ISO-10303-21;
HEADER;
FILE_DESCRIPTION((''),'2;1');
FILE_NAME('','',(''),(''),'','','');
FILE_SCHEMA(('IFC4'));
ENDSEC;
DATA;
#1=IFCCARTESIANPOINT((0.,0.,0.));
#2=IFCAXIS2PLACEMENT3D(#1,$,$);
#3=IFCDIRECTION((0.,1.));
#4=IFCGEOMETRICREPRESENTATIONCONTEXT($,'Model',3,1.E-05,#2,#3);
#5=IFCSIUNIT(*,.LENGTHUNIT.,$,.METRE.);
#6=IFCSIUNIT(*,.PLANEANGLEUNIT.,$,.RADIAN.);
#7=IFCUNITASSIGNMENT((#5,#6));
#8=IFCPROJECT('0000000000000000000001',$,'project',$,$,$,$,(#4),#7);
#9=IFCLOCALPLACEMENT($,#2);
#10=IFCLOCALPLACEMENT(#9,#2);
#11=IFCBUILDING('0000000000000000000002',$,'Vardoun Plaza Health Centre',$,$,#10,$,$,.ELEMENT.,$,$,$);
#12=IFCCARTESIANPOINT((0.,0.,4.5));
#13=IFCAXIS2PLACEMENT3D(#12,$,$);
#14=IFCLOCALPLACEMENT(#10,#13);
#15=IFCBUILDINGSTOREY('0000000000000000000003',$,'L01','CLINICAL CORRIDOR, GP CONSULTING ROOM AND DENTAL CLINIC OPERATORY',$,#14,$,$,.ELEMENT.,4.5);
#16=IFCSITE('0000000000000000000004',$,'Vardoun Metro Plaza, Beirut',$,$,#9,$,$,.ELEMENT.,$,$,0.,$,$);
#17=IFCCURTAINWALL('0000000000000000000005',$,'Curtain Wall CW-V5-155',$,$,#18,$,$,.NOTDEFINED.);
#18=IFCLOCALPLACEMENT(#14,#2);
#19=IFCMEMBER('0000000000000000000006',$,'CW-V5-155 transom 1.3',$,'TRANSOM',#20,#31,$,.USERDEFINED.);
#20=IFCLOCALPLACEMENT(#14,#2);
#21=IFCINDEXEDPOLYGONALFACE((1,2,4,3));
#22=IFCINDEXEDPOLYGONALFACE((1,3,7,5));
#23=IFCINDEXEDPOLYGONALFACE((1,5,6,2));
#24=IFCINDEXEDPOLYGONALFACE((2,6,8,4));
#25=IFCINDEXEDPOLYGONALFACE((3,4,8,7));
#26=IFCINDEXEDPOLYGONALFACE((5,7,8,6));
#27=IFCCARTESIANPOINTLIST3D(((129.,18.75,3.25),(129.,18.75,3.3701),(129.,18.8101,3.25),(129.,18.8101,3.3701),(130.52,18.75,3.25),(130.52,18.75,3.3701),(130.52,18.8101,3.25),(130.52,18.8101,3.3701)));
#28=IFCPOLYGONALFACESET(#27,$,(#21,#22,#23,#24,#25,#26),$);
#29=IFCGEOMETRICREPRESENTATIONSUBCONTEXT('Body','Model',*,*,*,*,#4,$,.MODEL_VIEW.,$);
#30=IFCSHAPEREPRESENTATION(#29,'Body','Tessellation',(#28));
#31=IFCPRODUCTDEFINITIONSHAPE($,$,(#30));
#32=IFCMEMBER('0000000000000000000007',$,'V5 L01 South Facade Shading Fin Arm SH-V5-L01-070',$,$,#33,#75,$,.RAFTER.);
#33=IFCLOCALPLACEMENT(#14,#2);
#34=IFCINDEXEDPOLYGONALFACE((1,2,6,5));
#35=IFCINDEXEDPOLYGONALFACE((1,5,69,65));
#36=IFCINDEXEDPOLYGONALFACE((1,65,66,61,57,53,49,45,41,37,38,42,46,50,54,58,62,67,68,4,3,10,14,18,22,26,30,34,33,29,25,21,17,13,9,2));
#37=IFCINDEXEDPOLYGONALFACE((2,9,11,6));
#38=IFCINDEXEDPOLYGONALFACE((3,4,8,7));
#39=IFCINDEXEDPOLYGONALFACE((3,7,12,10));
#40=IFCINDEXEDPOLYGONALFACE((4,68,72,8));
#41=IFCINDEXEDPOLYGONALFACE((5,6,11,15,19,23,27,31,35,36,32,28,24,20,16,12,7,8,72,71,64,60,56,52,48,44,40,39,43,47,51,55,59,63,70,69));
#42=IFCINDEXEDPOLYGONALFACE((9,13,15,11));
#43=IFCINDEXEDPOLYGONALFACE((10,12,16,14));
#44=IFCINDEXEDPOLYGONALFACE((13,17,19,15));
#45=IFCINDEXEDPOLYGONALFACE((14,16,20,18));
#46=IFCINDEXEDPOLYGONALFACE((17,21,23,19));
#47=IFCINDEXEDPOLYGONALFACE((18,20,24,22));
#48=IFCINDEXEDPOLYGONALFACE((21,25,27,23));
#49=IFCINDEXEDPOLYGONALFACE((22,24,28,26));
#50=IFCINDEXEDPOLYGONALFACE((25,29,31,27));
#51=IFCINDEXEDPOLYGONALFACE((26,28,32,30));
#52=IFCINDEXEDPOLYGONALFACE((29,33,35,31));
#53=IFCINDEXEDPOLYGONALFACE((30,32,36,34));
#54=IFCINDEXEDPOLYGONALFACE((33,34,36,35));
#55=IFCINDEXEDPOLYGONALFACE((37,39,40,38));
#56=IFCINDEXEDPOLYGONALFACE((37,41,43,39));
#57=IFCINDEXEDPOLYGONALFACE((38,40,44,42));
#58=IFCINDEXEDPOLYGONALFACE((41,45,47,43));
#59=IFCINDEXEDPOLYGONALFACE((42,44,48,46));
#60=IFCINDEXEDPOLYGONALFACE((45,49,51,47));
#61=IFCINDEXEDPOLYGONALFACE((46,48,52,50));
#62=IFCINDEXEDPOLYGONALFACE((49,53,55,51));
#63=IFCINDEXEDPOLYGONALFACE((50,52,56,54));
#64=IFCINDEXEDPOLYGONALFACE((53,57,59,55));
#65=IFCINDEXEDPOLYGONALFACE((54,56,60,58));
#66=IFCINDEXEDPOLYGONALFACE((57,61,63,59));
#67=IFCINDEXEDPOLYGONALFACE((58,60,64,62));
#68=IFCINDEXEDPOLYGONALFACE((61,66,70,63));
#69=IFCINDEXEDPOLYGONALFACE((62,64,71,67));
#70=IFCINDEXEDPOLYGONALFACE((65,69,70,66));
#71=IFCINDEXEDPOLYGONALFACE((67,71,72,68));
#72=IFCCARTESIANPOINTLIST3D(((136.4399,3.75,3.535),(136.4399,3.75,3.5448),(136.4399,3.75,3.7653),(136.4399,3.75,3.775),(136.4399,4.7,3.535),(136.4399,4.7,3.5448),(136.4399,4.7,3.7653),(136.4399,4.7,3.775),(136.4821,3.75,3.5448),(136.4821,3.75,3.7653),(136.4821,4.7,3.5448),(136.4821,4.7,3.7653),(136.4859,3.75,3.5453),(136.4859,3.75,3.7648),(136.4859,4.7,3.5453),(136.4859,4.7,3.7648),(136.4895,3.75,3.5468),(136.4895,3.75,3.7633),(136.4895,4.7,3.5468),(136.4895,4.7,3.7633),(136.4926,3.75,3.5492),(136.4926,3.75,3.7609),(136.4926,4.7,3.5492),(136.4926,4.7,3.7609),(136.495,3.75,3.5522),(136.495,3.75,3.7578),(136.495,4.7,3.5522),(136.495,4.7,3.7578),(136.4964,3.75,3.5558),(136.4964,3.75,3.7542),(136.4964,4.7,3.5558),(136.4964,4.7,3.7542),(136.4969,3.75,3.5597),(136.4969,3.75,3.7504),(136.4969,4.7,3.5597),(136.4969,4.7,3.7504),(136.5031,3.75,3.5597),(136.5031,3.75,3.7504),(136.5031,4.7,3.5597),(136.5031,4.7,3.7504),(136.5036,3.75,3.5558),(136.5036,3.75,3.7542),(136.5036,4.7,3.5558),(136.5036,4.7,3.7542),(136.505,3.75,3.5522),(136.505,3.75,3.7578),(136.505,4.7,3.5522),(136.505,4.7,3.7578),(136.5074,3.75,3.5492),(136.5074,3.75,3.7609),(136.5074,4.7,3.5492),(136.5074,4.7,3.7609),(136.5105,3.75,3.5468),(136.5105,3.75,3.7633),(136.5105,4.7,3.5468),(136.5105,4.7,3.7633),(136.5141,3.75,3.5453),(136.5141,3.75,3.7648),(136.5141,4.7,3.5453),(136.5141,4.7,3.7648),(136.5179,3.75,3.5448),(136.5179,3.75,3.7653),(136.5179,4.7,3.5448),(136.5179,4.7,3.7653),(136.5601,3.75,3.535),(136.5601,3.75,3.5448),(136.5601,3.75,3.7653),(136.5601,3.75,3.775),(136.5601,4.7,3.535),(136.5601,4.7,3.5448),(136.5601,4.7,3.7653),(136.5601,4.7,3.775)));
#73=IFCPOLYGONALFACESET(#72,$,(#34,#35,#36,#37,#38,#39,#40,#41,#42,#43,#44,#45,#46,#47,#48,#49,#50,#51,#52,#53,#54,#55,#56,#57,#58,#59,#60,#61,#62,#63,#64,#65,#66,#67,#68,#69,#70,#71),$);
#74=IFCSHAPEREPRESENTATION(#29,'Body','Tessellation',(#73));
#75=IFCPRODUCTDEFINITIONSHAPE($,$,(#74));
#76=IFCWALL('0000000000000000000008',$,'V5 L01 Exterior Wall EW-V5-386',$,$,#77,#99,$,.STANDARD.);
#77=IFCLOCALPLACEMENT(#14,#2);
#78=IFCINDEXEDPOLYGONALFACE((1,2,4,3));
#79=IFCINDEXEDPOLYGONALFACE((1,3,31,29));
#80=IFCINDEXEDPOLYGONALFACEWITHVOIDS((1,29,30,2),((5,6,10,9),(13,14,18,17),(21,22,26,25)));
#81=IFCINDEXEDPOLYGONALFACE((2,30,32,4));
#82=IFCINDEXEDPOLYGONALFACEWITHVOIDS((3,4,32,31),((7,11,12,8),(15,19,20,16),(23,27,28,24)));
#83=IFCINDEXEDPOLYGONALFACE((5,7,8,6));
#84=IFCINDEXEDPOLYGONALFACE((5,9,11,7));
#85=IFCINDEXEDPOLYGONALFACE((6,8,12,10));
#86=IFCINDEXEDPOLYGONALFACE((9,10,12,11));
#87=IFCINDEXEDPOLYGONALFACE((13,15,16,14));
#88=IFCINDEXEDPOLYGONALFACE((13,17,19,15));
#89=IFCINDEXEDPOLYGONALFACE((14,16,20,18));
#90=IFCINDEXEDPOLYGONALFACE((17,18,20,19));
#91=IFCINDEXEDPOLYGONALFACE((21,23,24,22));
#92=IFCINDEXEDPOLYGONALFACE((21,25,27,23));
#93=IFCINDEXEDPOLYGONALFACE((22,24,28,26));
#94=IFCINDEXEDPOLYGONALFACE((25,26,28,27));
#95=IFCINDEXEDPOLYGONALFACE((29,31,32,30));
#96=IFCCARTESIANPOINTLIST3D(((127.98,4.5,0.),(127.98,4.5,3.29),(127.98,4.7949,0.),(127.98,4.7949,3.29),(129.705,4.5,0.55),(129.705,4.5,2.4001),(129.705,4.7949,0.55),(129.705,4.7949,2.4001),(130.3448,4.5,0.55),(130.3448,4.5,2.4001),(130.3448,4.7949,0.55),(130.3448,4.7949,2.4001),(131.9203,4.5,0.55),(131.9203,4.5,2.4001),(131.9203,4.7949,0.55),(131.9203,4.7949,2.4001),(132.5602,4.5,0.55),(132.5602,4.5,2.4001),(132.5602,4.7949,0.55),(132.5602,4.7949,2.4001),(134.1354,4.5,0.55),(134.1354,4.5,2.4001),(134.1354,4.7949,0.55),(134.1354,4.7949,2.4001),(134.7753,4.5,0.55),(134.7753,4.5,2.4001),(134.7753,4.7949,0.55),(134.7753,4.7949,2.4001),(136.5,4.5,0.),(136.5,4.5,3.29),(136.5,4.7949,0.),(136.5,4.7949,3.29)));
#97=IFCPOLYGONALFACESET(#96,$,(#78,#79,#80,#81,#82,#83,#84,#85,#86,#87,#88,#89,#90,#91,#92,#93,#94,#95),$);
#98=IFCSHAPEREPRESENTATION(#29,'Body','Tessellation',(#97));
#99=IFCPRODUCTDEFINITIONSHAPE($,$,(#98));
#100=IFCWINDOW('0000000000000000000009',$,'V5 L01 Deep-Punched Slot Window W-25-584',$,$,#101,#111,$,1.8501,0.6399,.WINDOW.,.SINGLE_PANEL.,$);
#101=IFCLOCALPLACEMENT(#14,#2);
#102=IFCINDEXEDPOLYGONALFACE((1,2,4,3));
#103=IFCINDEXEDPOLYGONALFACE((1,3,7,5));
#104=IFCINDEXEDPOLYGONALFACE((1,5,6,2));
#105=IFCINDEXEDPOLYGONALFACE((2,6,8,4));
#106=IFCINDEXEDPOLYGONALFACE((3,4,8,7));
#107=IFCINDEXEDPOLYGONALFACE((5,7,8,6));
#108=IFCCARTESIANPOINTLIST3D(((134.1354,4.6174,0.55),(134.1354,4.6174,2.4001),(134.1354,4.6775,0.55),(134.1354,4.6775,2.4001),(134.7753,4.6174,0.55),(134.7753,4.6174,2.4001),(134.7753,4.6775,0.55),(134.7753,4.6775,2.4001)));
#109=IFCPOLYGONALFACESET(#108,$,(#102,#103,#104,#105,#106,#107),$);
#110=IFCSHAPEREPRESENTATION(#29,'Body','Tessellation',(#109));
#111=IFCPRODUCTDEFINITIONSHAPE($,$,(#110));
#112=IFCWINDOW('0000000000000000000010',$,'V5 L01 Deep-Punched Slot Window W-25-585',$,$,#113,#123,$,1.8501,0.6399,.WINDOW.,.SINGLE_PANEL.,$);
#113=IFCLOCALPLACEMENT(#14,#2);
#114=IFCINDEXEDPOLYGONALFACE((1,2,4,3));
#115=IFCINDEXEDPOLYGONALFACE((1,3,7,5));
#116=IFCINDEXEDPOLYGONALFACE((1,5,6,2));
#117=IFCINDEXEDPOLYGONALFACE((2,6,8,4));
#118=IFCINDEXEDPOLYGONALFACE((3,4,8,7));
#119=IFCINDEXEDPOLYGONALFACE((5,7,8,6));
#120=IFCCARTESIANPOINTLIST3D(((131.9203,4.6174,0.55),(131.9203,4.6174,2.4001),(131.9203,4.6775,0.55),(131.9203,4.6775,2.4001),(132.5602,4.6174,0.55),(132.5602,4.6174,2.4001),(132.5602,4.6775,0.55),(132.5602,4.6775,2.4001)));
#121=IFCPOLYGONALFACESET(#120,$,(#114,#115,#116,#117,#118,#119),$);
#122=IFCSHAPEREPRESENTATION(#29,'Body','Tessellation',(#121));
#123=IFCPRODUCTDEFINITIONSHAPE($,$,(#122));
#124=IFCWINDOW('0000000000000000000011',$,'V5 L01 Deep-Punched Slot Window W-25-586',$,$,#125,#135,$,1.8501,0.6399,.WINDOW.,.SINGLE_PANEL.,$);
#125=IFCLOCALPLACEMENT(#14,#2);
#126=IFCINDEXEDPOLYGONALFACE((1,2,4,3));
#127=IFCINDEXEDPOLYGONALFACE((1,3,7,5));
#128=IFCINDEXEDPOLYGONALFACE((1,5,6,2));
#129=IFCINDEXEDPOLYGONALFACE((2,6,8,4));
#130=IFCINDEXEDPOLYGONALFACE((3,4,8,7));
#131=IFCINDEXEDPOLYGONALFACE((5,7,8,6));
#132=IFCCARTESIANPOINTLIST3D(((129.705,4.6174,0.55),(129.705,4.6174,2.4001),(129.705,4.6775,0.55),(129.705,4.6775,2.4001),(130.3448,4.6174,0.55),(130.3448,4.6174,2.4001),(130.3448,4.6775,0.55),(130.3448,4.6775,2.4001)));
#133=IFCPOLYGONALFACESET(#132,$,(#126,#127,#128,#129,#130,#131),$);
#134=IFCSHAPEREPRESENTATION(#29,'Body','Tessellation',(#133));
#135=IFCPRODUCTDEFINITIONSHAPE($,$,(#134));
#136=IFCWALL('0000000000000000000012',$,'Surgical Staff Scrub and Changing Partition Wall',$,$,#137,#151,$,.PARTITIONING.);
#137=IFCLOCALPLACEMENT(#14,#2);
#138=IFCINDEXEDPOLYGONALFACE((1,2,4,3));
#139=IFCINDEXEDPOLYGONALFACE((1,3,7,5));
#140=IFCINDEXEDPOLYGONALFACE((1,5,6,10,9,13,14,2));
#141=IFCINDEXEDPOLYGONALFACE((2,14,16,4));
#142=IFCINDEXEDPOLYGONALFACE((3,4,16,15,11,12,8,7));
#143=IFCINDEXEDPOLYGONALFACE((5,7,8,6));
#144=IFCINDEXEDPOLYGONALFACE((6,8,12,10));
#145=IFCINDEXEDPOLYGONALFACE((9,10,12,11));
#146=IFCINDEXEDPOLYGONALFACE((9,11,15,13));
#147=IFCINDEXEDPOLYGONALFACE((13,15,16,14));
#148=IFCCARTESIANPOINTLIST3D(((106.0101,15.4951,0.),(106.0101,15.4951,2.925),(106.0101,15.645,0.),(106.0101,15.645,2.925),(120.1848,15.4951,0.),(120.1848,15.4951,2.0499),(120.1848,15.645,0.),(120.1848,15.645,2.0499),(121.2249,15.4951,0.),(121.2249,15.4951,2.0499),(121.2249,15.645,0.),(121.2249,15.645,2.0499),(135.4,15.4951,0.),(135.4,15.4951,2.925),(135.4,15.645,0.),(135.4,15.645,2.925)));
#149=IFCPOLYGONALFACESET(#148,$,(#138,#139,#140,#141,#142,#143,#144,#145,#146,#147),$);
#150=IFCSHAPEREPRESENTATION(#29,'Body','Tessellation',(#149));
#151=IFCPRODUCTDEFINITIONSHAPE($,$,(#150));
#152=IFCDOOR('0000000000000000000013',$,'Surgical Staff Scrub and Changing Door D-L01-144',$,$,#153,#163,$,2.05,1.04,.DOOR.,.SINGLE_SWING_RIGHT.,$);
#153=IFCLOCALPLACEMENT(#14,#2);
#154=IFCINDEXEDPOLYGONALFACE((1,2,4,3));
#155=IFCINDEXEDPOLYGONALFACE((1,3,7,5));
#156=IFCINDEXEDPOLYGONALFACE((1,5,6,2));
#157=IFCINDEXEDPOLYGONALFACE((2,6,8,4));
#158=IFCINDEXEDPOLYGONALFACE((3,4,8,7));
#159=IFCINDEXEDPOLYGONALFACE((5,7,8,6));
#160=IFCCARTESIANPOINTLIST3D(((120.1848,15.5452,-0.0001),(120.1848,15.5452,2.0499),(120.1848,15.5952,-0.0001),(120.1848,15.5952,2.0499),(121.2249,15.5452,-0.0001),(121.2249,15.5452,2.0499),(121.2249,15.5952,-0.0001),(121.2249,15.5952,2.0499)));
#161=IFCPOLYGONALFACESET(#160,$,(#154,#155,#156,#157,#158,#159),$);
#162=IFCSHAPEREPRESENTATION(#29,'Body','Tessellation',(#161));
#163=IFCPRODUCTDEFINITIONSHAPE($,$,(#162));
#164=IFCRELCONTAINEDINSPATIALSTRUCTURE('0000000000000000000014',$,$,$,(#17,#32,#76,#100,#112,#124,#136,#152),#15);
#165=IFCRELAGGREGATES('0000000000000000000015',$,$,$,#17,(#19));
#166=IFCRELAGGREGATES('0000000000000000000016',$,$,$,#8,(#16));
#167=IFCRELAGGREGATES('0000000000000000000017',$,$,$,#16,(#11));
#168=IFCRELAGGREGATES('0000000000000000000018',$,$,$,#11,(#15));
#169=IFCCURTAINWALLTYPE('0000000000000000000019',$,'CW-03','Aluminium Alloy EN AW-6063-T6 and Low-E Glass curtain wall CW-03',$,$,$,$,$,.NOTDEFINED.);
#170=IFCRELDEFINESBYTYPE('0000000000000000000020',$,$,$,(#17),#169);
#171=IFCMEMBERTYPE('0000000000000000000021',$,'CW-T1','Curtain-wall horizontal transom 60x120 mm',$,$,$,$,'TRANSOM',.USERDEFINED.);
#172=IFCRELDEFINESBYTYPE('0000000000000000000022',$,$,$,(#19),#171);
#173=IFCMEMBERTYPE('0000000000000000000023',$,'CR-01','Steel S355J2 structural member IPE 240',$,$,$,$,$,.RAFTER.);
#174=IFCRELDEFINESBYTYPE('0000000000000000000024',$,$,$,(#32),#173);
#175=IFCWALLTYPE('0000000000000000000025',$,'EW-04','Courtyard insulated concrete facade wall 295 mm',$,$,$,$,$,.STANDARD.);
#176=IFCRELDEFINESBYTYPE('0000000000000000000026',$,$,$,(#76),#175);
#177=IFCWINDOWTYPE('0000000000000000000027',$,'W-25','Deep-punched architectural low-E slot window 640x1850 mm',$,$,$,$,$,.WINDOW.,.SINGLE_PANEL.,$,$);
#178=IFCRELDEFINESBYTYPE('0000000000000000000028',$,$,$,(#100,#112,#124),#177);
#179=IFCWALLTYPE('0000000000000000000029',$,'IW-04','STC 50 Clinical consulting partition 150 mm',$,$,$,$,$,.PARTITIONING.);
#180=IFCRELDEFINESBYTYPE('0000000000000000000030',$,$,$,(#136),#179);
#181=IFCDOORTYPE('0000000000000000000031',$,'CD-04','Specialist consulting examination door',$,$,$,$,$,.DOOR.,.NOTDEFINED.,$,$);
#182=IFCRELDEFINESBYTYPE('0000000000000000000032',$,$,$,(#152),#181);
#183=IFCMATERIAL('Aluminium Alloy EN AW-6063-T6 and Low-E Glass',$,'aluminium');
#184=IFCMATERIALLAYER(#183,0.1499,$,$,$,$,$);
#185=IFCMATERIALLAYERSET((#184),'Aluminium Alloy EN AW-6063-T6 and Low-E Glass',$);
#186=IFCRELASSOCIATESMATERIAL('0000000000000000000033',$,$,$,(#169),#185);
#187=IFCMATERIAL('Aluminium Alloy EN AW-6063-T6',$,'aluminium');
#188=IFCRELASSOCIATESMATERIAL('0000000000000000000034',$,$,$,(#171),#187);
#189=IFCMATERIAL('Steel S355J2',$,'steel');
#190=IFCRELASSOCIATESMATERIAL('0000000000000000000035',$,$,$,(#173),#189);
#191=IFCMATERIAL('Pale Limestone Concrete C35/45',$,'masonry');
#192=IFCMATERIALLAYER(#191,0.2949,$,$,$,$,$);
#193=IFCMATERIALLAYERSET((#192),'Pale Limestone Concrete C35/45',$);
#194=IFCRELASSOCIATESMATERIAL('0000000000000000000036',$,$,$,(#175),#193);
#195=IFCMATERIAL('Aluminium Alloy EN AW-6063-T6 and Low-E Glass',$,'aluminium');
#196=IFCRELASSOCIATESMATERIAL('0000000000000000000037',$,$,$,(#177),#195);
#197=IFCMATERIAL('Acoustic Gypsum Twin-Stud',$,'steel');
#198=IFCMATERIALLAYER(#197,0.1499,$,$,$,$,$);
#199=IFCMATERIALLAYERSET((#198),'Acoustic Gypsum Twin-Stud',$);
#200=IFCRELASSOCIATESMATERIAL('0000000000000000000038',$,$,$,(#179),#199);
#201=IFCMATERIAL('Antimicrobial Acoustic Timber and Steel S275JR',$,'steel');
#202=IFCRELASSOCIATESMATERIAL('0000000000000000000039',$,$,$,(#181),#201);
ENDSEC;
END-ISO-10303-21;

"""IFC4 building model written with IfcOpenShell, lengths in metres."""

from ifc_helpers import new_model, si_unit, direction, frame, frame_2d, origin, origin_2d, place, context, subcontext, project, spatial, rectangle, i_section, extrude, material, layer, layer_set, material_profile, profile_set, type_object, element, fill, aggregate, save


model = new_model("IFC4")

# Units and contexts
model_context = context("Model", 3, precision=1e-05, world=origin(), true_north=direction((0.0, 1.0)))
body_context = subcontext(model_context, "Body", "Model", "MODEL_VIEW")
ifc_project = project(units=[si_unit("LENGTHUNIT", "METRE"), si_unit("PLANEANGLEUNIT", "RADIAN")], contexts=[model_context])

# Site, building, storey
site_placement = place(None, origin())
site = spatial("IfcSite", under=ifc_project, at=site_placement, Name="Vardoun Metro Plaza, Beirut", CompositionType="ELEMENT", RefElevation=0.0)
building_placement = place(site_placement, origin())
building = spatial("IfcBuilding", under=site, at=building_placement, Name="Vardoun Plaza Health Centre", CompositionType="ELEMENT")
storey_placement = place(building_placement, frame((0.0, 0.0, 4.5)))
storey = spatial("IfcBuildingStorey", under=building, at=storey_placement, Name="L01", Description="CLINICAL CORRIDOR, GP CONSULTING ROOM AND DENTAL CLINIC OPERATORY", CompositionType="ELEMENT", Elevation=4.5)

# Curtain wall, member
ifc_material_1 = material(Name="Aluminium Alloy EN AW-6063-T6 and Low-E Glass", Category="aluminium")
ifc_layer_1 = layer(ifc_material_1, 0.1499)
ifc_layer_set_1 = layer_set([ifc_layer_1], Name="Aluminium Alloy EN AW-6063-T6 and Low-E Glass")
curtain_wall_type = type_object("IfcCurtainWallType", Name="CW-03", Description="Aluminium Alloy EN AW-6063-T6 and Low-E Glass curtain wall CW-03", PredefinedType="NOTDEFINED", material=ifc_layer_set_1)
curtain_wall_placement = place(storey_placement, origin())
curtain_wall = element("IfcCurtainWall", 1, at=curtain_wall_placement, inside=storey, type_object=curtain_wall_type, Name="Curtain Wall CW-V5-155", PredefinedType="NOTDEFINED")
ifc_material_2 = material(Name="Aluminium Alloy EN AW-6063-T6", Category="aluminium")
ifc_material_profile_1 = material_profile(ifc_material_2, rectangle(XDim=0.0601, YDim=0.1201, at=origin_2d()), Name="CWT 60x120")
ifc_profile_set_1 = profile_set([ifc_material_profile_1], Name="Aluminium Alloy EN AW-6063-T6")
member_type_1 = type_object("IfcMemberType", Name="CW-T1", Description="Curtain-wall horizontal transom 60x120 mm", ElementType="TRANSOM", PredefinedType="USERDEFINED", material=ifc_profile_set_1)
member_1_placement = place(storey_placement, frame((129.0, 18.78, 3.3101), z_axis=(1.0, 0.0, 0.0), x_axis=(0.0, 1.0, 0.0)))
member_1 = element("IfcMember", 2, at=member_1_placement, type_object=member_type_1, Name="CW-V5-155 transom 1.3", ObjectType="TRANSOM", PredefinedType="USERDEFINED", context=body_context, shape_type="SweptSolid", body=[
    extrude(rectangle(XDim=0.0601, YDim=0.1201, at=origin_2d()), origin(), (0.0, 0.0, 1.0), 1.52),
])
aggregate(curtain_wall, [member_1])

# Member
ifc_material_3 = material(Name="Steel S355J2", Category="steel")
ifc_material_profile_2 = material_profile(ifc_material_3, i_section(OverallWidth=0.1201, OverallDepth=0.24, WebThickness=0.0061, FlangeThickness=0.0098, FilletRadius=0.0149, at=origin_2d()), Name="IPE 240")
ifc_profile_set_2 = profile_set([ifc_material_profile_2], Name="Steel S355J2")
member_type_2 = type_object("IfcMemberType", Name="CR-01", Description="Steel S355J2 structural member IPE 240", PredefinedType="RAFTER", material=ifc_profile_set_2)
member_2_placement = place(storey_placement, frame((136.5, 4.7, 3.655), z_axis=(0.0, -1.0, 0.0), x_axis=(1.0, 0.0, 0.0)))
element("IfcMember", 3, at=member_2_placement, inside=storey, type_object=member_type_2, Name="V5 L01 South Facade Shading Fin Arm SH-V5-L01-070", PredefinedType="RAFTER", context=body_context, shape_type="SweptSolid", body=[
    extrude(i_section(OverallWidth=0.1201, OverallDepth=0.24, WebThickness=0.0061, FlangeThickness=0.0098, FilletRadius=0.0149, at=origin_2d()), origin(), (0.0, 0.0, 1.0), 0.95),
])

# Wall, openings, windows
ifc_material_4 = material(Name="Pale Limestone Concrete C35/45", Category="masonry")
ifc_layer_2 = layer(ifc_material_4, 0.2949)
ifc_layer_set_2 = layer_set([ifc_layer_2], Name="Pale Limestone Concrete C35/45")
wall_type_1 = type_object("IfcWallType", Name="EW-04", Description="Courtyard insulated concrete facade wall 295 mm", PredefinedType="STANDARD", material=ifc_layer_set_2)
wall_1_placement = place(storey_placement, frame((136.5, 4.6475, 0.0), z_axis=(0.0, 0.0, 1.0), x_axis=(-1.0, 0.0, 0.0)))
wall_1 = element("IfcWall", 4, at=wall_1_placement, inside=storey, type_object=wall_type_1, Name="V5 L01 Exterior Wall EW-V5-386", PredefinedType="STANDARD", context=body_context, shape_type="SweptSolid", body=[
    extrude(rectangle(XDim=8.52, YDim=0.2949, at=frame_2d((4.26, 0.0))), origin(), (0.0, 0.0, 1.0), 3.29),
])
opening_1_placement = place(wall_1_placement, frame((1.7249, 0.0, 0.55)))
opening_1 = element("IfcOpeningElement", 5, at=opening_1_placement, cuts=wall_1, PredefinedType="OPENING", context=body_context, shape_type="SweptSolid", body=[
    extrude(rectangle(XDim=0.6399, YDim=1.8501, at=frame_2d((0.3198, 0.925))), frame((0.0, 0.1475, 0.0), z_axis=(0.0, -1.0, 0.0), x_axis=(1.0, 0.0, 0.0)), (0.0, 0.0, 1.0), 0.2949),
])
opening_2_placement = place(wall_1_placement, frame((3.9399, 0.0, 0.55)))
opening_2 = element("IfcOpeningElement", 6, at=opening_2_placement, cuts=wall_1, PredefinedType="OPENING", context=body_context, shape_type="SweptSolid", body=[
    extrude(rectangle(XDim=0.6399, YDim=1.8501, at=frame_2d((0.3198, 0.925))), frame((0.0, 0.1475, 0.0), z_axis=(0.0, -1.0, 0.0), x_axis=(1.0, 0.0, 0.0)), (0.0, 0.0, 1.0), 0.2949),
])
opening_3_placement = place(wall_1_placement, frame((6.1553, 0.0, 0.55)))
opening_3 = element("IfcOpeningElement", 7, at=opening_3_placement, cuts=wall_1, PredefinedType="OPENING", context=body_context, shape_type="SweptSolid", body=[
    extrude(rectangle(XDim=0.6399, YDim=1.8501, at=frame_2d((0.3198, 0.925))), frame((0.0, 0.1475, 0.0), z_axis=(0.0, -1.0, 0.0), x_axis=(1.0, 0.0, 0.0)), (0.0, 0.0, 1.0), 0.2949),
])
ifc_material_5 = material(Name="Aluminium Alloy EN AW-6063-T6 and Low-E Glass", Category="aluminium")
window_type = type_object("IfcWindowType", Name="W-25", Description="Deep-punched architectural low-E slot window 640x1850 mm", PartitioningType="SINGLE_PANEL", PredefinedType="WINDOW", material=ifc_material_5)
window_1_placement = place(opening_1_placement, origin())
window_1 = element("IfcWindow", 8, at=window_1_placement, inside=storey, type_object=window_type, Name="V5 L01 Deep-Punched Slot Window W-25-584", OverallHeight=1.8501, OverallWidth=0.6399, PartitioningType="SINGLE_PANEL", PredefinedType="WINDOW", context=body_context, shape_type="SweptSolid", body=[
    extrude(rectangle(XDim=0.6399, YDim=1.8501, at=frame_2d((0.3198, 0.925))), frame((0.0, 0.03, 0.0), z_axis=(0.0, -1.0, 0.0), x_axis=(1.0, 0.0, 0.0)), (0.0, 0.0, 1.0), 0.0601),
])
fill(opening_1, window_1)
window_2_placement = place(opening_2_placement, origin())
window_2 = element("IfcWindow", 9, at=window_2_placement, inside=storey, type_object=window_type, Name="V5 L01 Deep-Punched Slot Window W-25-585", OverallHeight=1.8501, OverallWidth=0.6399, PartitioningType="SINGLE_PANEL", PredefinedType="WINDOW", context=body_context, shape_type="SweptSolid", body=[
    extrude(rectangle(XDim=0.6399, YDim=1.8501, at=frame_2d((0.3198, 0.925))), frame((0.0, 0.03, 0.0), z_axis=(0.0, -1.0, 0.0), x_axis=(1.0, 0.0, 0.0)), (0.0, 0.0, 1.0), 0.0601),
])
fill(opening_2, window_2)
window_3_placement = place(opening_3_placement, origin())
window_3 = element("IfcWindow", 10, at=window_3_placement, inside=storey, type_object=window_type, Name="V5 L01 Deep-Punched Slot Window W-25-586", OverallHeight=1.8501, OverallWidth=0.6399, PartitioningType="SINGLE_PANEL", PredefinedType="WINDOW", context=body_context, shape_type="SweptSolid", body=[
    extrude(rectangle(XDim=0.6399, YDim=1.8501, at=frame_2d((0.3198, 0.925))), frame((0.0, 0.03, 0.0), z_axis=(0.0, -1.0, 0.0), x_axis=(1.0, 0.0, 0.0)), (0.0, 0.0, 1.0), 0.0601),
])
fill(opening_3, window_3)

# Wall, opening, door
ifc_material_6 = material(Name="Acoustic Gypsum Twin-Stud", Category="steel")
ifc_layer_3 = layer(ifc_material_6, 0.1499)
ifc_layer_set_3 = layer_set([ifc_layer_3], Name="Acoustic Gypsum Twin-Stud")
wall_type_2 = type_object("IfcWallType", Name="IW-04", Description="STC 50 Clinical consulting partition 150 mm", PredefinedType="PARTITIONING", material=ifc_layer_set_3)
wall_2_placement = place(storey_placement, frame((135.3999, 15.5701, 0.0), z_axis=(0.0, 0.0, 1.0), x_axis=(-1.0, 0.0, 0.0)))
wall_2 = element("IfcWall", 11, at=wall_2_placement, inside=storey, type_object=wall_type_2, Name="Surgical Staff Scrub and Changing Partition Wall", PredefinedType="PARTITIONING", context=body_context, shape_type="SweptSolid", body=[
    extrude(rectangle(XDim=29.3899, YDim=0.1499, at=frame_2d((14.6948, 0.0))), origin(), (0.0, 0.0, 1.0), 2.925),
])
opening_4_placement = place(wall_2_placement, frame((14.175, 0.0, 0.0)))
opening_4 = element("IfcOpeningElement", 12, at=opening_4_placement, cuts=wall_2, PredefinedType="OPENING", context=body_context, shape_type="SweptSolid", body=[
    extrude(rectangle(XDim=1.04, YDim=2.05, at=frame_2d((0.52, 1.0249))), frame((0.0, 0.075, 0.0), z_axis=(0.0, -1.0, 0.0), x_axis=(1.0, 0.0, 0.0)), (0.0, 0.0, 1.0), 0.1499),
])
ifc_material_7 = material(Name="Antimicrobial Acoustic Timber and Steel S275JR", Category="steel")
door_type = type_object("IfcDoorType", Name="CD-04", Description="Specialist consulting examination door", OperationType="NOTDEFINED", PredefinedType="DOOR", material=ifc_material_7)
door_placement = place(opening_4_placement, origin())
door = element("IfcDoor", 13, at=door_placement, inside=storey, type_object=door_type, Name="Surgical Staff Scrub and Changing Door D-L01-144", OperationType="SINGLE_SWING_RIGHT", OverallHeight=2.05, OverallWidth=1.04, PredefinedType="DOOR", context=body_context, shape_type="SweptSolid", body=[
    extrude(rectangle(XDim=1.04, YDim=2.05, at=frame_2d((0.52, 1.0249))), frame((0.0, 0.0249, 0.0), z_axis=(0.0, -1.0, 0.0), x_axis=(1.0, 0.0, 0.0)), (0.0, 0.0, 1.0), 0.05),
])
fill(opening_4, door)

save(model, "model.ifc")
